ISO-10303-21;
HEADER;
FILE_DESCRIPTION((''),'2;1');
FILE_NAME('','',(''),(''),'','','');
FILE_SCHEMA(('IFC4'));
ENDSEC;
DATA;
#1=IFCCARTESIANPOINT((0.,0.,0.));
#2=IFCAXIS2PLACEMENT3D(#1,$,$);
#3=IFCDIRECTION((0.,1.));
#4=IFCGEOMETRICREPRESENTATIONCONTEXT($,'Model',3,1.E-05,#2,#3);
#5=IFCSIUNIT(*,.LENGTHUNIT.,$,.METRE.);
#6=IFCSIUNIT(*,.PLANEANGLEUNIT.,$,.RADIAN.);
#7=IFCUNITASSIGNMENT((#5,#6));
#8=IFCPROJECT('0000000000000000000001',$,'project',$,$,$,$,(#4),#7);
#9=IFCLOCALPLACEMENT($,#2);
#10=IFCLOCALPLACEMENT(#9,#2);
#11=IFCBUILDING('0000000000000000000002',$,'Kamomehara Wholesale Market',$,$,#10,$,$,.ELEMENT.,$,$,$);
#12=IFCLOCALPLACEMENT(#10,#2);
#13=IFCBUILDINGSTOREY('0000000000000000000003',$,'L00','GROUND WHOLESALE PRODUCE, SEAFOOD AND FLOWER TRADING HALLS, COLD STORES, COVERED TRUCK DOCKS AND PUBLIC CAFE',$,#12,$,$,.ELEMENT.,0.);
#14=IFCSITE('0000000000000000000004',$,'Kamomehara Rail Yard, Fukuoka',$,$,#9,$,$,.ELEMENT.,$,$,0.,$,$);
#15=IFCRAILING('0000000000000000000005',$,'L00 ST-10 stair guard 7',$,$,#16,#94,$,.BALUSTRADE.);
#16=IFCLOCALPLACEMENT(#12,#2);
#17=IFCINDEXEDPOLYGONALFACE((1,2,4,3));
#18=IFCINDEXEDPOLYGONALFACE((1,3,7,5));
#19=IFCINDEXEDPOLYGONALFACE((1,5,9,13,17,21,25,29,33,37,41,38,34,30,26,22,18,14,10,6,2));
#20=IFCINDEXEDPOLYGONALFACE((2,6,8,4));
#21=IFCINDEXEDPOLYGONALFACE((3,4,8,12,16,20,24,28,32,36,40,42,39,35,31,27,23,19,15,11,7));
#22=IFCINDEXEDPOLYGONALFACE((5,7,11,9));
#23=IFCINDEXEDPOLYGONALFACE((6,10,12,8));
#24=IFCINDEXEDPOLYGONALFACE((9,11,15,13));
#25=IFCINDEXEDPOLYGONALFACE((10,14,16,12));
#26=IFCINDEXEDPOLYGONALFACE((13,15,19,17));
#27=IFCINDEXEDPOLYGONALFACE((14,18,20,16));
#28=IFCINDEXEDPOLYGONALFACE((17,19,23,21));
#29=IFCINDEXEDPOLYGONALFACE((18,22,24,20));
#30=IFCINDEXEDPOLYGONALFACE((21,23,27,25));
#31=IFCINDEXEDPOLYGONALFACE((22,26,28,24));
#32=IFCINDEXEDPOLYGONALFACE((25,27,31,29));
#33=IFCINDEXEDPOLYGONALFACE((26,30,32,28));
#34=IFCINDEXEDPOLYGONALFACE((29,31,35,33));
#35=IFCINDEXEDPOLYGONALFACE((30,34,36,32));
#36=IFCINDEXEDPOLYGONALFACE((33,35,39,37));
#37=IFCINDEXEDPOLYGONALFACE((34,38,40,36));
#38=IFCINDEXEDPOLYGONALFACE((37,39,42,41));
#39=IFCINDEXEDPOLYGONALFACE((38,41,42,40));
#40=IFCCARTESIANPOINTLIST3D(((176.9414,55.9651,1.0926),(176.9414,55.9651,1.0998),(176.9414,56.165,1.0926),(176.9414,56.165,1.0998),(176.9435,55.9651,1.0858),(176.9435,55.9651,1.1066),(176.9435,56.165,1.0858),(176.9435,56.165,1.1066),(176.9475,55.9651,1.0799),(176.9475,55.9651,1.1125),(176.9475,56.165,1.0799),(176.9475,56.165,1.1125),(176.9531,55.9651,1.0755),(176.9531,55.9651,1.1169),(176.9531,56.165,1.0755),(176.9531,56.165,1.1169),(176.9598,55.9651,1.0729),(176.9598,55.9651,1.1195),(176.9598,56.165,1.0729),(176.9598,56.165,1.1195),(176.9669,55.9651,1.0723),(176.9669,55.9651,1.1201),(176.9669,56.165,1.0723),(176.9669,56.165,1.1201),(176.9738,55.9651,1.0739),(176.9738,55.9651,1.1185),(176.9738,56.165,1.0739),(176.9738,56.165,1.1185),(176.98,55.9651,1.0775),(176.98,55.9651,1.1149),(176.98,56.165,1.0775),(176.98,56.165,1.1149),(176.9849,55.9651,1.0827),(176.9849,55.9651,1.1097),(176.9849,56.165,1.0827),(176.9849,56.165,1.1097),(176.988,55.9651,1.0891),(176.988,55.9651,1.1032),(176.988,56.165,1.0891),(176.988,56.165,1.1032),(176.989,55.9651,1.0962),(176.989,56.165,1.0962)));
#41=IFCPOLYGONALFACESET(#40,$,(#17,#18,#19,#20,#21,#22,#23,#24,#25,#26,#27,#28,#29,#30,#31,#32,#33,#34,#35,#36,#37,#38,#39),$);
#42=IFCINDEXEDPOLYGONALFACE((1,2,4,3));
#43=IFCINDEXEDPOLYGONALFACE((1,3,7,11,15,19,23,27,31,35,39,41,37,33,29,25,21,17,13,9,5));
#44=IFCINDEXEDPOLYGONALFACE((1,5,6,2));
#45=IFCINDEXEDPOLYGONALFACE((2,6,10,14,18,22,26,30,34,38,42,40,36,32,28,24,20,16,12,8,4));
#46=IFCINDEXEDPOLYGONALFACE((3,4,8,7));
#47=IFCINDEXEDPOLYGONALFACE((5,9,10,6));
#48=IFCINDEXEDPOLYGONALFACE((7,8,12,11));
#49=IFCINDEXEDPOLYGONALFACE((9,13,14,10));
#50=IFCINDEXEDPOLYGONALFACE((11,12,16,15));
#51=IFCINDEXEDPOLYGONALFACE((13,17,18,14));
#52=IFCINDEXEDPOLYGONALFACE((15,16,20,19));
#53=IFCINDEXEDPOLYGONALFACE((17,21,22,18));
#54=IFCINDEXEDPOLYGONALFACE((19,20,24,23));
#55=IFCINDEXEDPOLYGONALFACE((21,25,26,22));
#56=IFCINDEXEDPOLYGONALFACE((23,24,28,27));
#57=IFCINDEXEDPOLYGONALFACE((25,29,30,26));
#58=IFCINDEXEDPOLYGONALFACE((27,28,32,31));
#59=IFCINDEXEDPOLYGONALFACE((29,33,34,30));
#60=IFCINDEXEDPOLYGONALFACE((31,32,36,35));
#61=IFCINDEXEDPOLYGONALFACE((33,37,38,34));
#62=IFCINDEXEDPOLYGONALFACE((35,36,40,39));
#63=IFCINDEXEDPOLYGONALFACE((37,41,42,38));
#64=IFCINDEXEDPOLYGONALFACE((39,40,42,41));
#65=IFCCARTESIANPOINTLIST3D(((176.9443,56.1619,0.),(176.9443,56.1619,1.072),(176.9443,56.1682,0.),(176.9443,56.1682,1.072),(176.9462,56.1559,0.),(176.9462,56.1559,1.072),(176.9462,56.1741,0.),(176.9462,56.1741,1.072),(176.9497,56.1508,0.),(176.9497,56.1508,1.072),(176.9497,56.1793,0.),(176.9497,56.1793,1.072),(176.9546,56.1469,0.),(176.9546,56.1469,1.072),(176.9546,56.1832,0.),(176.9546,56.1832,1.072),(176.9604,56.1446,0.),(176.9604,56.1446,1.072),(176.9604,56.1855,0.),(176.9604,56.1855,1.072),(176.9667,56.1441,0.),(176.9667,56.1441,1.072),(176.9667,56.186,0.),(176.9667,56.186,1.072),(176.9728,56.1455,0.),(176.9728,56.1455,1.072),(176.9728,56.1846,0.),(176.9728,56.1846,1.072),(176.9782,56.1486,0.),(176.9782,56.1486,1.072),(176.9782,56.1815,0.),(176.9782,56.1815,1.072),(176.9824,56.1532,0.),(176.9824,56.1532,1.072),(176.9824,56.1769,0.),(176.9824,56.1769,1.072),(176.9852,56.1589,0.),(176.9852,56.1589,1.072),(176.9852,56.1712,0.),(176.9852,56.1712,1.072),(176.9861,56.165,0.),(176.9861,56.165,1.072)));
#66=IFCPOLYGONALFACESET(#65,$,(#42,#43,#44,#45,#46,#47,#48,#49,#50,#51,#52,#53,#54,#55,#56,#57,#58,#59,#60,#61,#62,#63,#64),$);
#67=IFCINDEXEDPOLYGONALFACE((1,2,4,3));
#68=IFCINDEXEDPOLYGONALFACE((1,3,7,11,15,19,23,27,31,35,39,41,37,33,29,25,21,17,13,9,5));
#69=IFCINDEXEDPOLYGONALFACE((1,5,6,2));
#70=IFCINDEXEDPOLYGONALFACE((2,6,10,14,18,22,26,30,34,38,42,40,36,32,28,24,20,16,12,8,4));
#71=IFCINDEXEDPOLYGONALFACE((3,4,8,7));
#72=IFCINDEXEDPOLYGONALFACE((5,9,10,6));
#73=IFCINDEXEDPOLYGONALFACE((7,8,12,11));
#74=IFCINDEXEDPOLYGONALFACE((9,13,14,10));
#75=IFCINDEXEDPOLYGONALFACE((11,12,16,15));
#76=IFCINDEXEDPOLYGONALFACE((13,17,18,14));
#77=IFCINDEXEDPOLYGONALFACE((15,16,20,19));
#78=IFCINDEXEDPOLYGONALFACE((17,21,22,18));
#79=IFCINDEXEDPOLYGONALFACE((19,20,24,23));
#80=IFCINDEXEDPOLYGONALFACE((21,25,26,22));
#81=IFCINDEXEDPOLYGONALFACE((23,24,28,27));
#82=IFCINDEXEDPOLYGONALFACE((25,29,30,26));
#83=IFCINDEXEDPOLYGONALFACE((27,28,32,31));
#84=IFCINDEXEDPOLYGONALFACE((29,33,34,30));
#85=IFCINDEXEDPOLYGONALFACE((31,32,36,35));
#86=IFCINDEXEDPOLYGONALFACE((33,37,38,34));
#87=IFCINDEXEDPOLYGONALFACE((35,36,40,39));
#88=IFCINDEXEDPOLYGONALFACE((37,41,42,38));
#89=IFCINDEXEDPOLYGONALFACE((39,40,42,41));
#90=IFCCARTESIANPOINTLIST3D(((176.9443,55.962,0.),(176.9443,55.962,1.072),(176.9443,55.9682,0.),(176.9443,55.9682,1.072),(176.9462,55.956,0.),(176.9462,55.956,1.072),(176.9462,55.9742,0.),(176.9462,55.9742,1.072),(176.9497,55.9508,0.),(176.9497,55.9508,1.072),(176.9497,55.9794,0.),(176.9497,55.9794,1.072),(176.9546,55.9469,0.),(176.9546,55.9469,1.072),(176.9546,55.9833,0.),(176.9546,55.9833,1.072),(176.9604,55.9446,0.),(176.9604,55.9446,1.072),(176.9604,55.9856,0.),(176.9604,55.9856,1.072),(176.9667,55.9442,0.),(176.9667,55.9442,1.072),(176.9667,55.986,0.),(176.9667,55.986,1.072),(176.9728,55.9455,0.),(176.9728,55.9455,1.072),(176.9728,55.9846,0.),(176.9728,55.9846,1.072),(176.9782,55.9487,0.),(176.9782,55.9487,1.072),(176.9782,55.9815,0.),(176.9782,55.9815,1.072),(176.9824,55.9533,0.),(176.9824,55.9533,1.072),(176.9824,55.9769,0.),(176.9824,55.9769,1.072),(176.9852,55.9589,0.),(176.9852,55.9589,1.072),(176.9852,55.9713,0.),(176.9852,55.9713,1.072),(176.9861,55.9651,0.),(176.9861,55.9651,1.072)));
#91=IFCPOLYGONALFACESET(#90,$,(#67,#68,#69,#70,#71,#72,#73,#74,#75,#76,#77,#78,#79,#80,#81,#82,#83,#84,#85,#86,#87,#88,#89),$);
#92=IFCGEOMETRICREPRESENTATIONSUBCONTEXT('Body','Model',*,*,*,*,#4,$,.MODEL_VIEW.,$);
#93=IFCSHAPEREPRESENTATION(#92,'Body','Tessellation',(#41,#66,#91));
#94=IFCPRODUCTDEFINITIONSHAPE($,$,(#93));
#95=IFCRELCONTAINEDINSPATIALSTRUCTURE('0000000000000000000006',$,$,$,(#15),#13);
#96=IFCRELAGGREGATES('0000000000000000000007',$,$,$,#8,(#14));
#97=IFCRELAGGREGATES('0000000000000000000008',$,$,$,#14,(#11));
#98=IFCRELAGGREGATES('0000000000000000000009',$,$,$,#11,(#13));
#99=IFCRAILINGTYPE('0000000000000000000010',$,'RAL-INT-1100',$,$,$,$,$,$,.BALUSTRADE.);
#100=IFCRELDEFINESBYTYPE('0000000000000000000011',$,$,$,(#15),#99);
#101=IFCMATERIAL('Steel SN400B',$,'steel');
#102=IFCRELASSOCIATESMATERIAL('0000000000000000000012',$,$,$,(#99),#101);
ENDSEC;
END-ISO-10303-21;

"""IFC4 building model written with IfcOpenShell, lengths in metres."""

from ifc_helpers import new_model, si_unit, direction, frame, origin, origin_2d, place, context, subcontext, project, spatial, circle, extrude, material, type_object, element, save


model = new_model("IFC4")

# Units and contexts
model_context = context("Model", 3, precision=1e-05, world=origin(), true_north=direction((0.0, 1.0)))
body_context = subcontext(model_context, "Body", "Model", "MODEL_VIEW")
ifc_project = project(units=[si_unit("LENGTHUNIT", "METRE"), si_unit("PLANEANGLEUNIT", "RADIAN")], contexts=[model_context])

# Site, building, storey
site_placement = place(None, origin())
site = spatial("IfcSite", under=ifc_project, at=site_placement, Name="Kamomehara Rail Yard, Fukuoka", CompositionType="ELEMENT", RefElevation=0.0)
building_placement = place(site_placement, origin())
building = spatial("IfcBuilding", under=site, at=building_placement, Name="Kamomehara Wholesale Market", CompositionType="ELEMENT")
storey_placement = place(building_placement, origin())
storey = spatial("IfcBuildingStorey", under=building, at=storey_placement, Name="L00", Description="GROUND WHOLESALE PRODUCE, SEAFOOD AND FLOWER TRADING HALLS, COLD STORES, COVERED TRUCK DOCKS AND PUBLIC CAFE", CompositionType="ELEMENT", Elevation=0.0)

# Railing
ifc_material_1 = material(Name="Steel SN400B", Category="steel")
railing_type_1 = type_object("IfcRailingType", Name="RAL-INT-1100", PredefinedType="BALUSTRADE", material=ifc_material_1)
railing_1_placement = place(storey_placement, frame((176.9651, 56.165, 0.0)))
element("IfcRailing", 1, at=railing_1_placement, inside=storey, type_object=railing_type_1, Name="L00 ST-10 stair guard 7", PredefinedType="BALUSTRADE", context=body_context, shape_type="SweptSolid", body=[
    extrude(circle(Radius=0.0239, at=origin_2d()), frame((0.0, 0.0, 1.0962), z_axis=(0.0, -1.0, 0.0), x_axis=(1.0, 0.0, 0.0)), (0.0, 0.0, 1.0), 0.2),
    extrude(circle(Radius=0.021, at=origin_2d()), origin(), (0.0, 0.0, 1.0), 1.072),
    extrude(circle(Radius=0.021, at=origin_2d()), frame((0.0, -0.2, 0.0)), (0.0, 0.0, 1.0), 1.072),
])

save(model, "model.ifc")
